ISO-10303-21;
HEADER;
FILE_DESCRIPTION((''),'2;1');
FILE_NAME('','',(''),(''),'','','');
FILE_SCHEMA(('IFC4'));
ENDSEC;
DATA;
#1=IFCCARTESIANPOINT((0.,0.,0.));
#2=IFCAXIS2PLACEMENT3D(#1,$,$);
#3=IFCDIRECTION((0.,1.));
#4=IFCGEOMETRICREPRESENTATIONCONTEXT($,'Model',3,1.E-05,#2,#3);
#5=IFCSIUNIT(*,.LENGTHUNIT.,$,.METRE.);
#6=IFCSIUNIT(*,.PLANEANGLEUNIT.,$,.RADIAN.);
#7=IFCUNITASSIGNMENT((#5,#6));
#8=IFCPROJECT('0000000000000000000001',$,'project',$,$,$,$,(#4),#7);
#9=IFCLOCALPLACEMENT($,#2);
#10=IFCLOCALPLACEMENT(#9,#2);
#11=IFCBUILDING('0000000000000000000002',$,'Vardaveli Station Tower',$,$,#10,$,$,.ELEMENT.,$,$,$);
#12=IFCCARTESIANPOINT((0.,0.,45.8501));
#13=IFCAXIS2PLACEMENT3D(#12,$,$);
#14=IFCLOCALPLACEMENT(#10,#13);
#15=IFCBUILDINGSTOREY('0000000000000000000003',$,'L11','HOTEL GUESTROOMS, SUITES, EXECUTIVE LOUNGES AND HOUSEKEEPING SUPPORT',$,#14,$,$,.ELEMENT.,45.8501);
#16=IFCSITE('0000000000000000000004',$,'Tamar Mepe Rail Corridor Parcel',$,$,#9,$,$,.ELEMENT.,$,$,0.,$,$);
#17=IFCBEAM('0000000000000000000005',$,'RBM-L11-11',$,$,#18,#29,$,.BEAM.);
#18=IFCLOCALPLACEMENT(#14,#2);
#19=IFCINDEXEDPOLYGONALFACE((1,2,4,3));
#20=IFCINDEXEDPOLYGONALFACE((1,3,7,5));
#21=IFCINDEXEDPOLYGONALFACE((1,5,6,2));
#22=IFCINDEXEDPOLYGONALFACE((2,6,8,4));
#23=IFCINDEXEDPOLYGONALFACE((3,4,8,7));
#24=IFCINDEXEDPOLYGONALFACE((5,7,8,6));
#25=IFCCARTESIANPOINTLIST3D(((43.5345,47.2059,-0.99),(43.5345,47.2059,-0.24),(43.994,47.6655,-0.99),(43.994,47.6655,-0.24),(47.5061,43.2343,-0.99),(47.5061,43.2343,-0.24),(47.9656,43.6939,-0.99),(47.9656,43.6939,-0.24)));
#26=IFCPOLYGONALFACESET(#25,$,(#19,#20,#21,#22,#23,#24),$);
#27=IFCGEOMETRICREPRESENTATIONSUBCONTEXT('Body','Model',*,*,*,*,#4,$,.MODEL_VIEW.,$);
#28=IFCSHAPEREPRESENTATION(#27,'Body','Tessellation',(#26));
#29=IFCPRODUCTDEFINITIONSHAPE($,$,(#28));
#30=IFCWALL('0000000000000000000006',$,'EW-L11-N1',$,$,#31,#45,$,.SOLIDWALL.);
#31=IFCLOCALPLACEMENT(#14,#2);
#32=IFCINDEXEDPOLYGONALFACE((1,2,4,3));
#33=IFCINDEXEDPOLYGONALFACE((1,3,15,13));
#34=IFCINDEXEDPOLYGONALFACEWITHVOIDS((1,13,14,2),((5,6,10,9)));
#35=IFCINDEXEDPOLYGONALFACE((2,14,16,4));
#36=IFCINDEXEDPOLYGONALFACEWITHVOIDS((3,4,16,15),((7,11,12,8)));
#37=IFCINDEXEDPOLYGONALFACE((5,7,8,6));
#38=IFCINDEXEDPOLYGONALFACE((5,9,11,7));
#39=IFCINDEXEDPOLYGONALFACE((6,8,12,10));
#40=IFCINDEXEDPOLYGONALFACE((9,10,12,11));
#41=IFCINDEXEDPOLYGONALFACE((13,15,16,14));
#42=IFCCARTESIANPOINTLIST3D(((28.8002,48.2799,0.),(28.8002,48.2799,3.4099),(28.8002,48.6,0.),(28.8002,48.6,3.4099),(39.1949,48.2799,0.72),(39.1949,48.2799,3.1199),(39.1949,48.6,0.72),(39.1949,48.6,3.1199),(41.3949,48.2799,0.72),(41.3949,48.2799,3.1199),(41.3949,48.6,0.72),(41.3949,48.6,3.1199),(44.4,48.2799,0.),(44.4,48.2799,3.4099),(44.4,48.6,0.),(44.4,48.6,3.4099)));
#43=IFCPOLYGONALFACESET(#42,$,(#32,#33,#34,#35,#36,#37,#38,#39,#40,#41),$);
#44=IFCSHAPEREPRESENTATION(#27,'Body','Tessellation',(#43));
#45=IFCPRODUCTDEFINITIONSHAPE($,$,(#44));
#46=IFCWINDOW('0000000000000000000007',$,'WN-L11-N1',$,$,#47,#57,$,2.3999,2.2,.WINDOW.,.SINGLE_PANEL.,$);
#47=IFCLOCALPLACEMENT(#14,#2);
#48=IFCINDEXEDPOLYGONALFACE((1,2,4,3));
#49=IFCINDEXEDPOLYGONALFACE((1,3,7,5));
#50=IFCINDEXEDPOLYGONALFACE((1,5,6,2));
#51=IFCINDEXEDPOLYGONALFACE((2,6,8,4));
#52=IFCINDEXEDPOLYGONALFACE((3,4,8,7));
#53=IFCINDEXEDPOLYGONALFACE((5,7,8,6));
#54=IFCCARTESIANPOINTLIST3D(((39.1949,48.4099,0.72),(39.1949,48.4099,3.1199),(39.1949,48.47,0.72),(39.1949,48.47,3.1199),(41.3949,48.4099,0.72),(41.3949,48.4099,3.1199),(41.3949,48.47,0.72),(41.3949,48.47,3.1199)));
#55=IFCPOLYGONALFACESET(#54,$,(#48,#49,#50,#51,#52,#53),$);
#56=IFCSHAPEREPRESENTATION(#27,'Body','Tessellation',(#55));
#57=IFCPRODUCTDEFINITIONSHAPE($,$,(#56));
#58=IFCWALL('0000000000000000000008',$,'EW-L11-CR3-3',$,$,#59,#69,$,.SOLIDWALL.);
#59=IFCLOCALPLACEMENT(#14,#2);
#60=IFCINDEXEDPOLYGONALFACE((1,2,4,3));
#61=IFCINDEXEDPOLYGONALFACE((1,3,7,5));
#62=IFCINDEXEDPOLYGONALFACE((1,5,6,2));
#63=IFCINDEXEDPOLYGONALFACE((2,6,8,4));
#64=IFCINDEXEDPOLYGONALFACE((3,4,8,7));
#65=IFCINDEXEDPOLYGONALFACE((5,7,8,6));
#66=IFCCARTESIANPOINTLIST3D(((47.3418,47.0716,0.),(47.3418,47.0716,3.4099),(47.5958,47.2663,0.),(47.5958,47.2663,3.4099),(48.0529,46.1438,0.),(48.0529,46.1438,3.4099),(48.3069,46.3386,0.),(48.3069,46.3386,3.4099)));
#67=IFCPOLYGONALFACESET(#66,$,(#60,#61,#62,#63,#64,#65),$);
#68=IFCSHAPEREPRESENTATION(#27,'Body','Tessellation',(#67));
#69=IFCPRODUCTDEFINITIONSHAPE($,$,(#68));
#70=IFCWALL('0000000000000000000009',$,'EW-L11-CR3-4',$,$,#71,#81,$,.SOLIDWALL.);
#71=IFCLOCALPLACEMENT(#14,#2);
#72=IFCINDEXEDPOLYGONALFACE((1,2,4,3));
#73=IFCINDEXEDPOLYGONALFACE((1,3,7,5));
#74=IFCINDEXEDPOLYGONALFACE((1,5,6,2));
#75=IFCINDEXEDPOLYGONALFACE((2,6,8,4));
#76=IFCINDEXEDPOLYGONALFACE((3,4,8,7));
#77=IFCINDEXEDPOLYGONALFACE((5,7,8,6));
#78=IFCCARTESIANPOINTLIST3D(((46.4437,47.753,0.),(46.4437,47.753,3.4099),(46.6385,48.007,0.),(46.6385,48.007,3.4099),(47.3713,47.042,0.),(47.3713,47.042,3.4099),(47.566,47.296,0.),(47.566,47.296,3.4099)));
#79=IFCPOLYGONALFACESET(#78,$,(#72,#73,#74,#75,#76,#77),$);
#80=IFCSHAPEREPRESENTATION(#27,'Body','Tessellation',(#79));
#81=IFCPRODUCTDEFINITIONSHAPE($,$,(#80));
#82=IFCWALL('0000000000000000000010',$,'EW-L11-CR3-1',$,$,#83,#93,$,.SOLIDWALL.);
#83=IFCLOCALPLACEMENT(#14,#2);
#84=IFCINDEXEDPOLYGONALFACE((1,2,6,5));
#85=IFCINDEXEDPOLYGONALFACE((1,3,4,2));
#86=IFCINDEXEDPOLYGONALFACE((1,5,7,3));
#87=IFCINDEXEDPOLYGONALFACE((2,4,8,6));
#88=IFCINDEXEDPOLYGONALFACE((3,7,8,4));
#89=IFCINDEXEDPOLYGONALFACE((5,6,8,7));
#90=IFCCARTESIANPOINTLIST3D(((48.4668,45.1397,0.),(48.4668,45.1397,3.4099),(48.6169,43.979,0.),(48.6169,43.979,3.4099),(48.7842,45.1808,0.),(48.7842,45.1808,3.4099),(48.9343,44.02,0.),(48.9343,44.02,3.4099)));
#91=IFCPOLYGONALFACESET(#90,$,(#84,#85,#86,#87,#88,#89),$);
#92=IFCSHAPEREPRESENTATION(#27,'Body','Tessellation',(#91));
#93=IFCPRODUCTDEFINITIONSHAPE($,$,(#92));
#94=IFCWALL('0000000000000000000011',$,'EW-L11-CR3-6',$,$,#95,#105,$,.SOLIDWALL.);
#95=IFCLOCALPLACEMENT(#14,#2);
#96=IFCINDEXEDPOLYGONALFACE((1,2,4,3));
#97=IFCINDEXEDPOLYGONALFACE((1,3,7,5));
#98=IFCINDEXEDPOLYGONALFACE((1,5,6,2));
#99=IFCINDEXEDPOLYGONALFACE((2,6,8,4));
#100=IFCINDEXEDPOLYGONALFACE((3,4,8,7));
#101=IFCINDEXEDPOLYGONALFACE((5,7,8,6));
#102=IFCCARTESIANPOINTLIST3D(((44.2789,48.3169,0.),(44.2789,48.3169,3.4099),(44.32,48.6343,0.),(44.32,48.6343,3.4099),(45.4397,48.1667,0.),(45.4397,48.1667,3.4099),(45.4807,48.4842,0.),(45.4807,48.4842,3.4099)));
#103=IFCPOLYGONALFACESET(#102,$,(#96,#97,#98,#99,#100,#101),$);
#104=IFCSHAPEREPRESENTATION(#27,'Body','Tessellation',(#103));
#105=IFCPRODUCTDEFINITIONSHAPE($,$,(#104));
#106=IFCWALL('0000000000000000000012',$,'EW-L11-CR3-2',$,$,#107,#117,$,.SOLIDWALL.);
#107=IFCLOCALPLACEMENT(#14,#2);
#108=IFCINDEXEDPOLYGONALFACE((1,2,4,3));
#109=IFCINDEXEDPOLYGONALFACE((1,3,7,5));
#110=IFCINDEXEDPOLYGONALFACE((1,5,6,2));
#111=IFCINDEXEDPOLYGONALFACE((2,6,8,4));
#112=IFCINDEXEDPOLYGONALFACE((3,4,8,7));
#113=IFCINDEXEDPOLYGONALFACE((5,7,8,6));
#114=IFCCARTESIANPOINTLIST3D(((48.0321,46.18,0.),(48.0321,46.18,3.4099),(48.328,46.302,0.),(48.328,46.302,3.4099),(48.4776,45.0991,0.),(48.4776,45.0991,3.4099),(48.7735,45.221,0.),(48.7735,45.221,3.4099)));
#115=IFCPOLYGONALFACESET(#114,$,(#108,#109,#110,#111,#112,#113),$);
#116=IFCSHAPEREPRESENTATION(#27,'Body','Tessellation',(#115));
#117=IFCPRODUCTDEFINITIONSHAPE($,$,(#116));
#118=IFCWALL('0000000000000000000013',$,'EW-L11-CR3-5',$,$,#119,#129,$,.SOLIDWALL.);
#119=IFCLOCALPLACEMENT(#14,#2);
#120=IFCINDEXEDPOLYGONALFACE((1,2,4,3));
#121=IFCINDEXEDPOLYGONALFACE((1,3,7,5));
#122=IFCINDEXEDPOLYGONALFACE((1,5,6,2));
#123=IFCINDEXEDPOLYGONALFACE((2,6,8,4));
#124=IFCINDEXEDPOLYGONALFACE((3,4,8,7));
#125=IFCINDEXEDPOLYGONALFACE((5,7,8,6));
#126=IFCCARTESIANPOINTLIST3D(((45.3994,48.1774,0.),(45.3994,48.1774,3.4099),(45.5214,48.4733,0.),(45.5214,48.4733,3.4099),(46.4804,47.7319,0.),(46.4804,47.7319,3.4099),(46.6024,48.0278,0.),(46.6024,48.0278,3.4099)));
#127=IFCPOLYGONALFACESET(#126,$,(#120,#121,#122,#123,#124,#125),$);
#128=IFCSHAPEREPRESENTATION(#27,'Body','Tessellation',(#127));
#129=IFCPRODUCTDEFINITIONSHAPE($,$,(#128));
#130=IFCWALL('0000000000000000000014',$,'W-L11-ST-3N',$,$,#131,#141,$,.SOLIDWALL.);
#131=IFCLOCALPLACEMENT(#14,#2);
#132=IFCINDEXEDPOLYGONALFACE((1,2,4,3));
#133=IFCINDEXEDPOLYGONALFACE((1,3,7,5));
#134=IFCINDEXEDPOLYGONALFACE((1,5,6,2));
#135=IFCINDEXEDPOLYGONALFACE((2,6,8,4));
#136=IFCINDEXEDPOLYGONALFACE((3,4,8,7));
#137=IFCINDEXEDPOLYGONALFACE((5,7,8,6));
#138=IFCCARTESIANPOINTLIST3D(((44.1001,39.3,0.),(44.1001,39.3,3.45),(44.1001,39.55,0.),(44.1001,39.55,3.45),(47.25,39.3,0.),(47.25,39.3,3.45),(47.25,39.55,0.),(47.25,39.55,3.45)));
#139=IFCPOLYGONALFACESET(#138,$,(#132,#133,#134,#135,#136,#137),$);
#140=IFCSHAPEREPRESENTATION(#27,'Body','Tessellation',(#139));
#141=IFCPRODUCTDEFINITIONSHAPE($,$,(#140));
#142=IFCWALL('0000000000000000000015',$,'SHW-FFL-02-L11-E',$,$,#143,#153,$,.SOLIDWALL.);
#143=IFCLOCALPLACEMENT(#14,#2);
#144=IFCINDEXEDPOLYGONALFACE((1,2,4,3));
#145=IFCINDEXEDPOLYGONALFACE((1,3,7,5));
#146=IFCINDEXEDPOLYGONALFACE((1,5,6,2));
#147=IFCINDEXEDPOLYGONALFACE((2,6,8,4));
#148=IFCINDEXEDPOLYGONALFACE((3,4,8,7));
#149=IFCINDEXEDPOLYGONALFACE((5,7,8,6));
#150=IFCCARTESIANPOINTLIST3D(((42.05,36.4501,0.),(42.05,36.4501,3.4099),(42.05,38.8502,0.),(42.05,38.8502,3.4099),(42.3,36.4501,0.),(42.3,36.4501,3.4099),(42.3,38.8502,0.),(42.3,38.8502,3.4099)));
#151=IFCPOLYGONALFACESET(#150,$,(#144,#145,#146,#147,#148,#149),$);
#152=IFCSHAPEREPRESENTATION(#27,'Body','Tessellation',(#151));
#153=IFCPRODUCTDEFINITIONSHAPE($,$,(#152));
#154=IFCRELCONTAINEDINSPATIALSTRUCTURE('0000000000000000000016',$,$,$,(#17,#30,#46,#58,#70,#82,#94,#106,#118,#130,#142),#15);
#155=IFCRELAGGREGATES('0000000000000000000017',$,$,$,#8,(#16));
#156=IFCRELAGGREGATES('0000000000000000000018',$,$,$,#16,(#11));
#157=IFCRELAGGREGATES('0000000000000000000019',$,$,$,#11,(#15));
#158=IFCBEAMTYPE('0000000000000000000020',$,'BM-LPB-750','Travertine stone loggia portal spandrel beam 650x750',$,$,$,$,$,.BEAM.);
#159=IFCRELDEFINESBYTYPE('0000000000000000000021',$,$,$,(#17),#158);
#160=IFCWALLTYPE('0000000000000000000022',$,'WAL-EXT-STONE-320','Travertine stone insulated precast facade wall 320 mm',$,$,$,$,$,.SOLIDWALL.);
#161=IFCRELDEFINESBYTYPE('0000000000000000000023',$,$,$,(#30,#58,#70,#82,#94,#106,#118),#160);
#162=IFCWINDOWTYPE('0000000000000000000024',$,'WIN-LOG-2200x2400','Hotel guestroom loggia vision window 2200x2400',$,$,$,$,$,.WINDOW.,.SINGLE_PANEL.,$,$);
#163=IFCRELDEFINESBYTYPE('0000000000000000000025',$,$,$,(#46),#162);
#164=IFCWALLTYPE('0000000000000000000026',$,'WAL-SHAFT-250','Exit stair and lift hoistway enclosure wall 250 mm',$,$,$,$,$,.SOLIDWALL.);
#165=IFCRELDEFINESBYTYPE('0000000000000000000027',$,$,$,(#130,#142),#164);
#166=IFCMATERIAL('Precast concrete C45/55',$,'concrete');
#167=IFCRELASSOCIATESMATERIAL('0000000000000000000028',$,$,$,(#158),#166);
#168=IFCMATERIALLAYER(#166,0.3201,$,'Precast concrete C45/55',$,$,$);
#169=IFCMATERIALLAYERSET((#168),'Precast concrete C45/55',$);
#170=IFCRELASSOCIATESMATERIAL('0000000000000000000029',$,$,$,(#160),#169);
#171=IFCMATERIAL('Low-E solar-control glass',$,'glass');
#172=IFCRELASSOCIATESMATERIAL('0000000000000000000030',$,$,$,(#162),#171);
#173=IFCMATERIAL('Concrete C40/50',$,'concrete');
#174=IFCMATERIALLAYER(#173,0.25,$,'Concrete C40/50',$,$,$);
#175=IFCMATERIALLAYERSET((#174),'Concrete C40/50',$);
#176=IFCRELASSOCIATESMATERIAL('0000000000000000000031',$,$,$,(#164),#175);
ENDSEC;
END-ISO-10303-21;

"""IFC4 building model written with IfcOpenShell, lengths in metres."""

from ifc_helpers import new_model, si_unit, direction, frame, frame_2d, origin, origin_2d, place, context, subcontext, project, spatial, rectangle, extrude, source, transform, mapped, material, layer, layer_set, material_profile, profile_set, type_object, element, fill, save


model = new_model("IFC4")

# Units and contexts
model_context = context("Model", 3, precision=1e-05, world=origin(), true_north=direction((0.0, 1.0)))
body_context = subcontext(model_context, "Body", "Model", "MODEL_VIEW")
ifc_project = project(units=[si_unit("LENGTHUNIT", "METRE"), si_unit("PLANEANGLEUNIT", "RADIAN")], contexts=[model_context])

# Site, building, storey
site_placement = place(None, origin())
site = spatial("IfcSite", under=ifc_project, at=site_placement, Name="Tamar Mepe Rail Corridor Parcel", CompositionType="ELEMENT", RefElevation=0.0)
building_placement = place(site_placement, origin())
building = spatial("IfcBuilding", under=site, at=building_placement, Name="Vardaveli Station Tower", CompositionType="ELEMENT")
storey_placement = place(building_placement, frame((0.0, 0.0, 45.8501)))
storey = spatial("IfcBuildingStorey", under=building, at=storey_placement, Name="L11", Description="HOTEL GUESTROOMS, SUITES, EXECUTIVE LOUNGES AND HOUSEKEEPING SUPPORT", CompositionType="ELEMENT", Elevation=45.8501)

# Beam
ifc_material_1 = material(Name="Precast concrete C45/55", Category="concrete")
ifc_material_profile_1 = material_profile(ifc_material_1, rectangle(XDim=0.6499, YDim=0.75, at=origin_2d()), Name="LPB 650x750")
ifc_profile_set_1 = profile_set([ifc_material_profile_1], Name="Precast concrete C45/55")
beam_type = type_object("IfcBeamType", Name="BM-LPB-750", Description="Travertine stone loggia portal spandrel beam 650x750", PredefinedType="BEAM", material=ifc_profile_set_1)
shared_shape_1 = source(origin(), body_context, "Body", "SweptSolid", [
    extrude(rectangle(XDim=0.6499, YDim=0.75, at=origin_2d()), origin(), (0.0, 0.0, 1.0), 5.6167),
])
beam_placement = place(storey_placement, frame((47.7358, 43.4641, -0.615), z_axis=(-0.707107, 0.707107, 0.0), x_axis=(-0.707107, -0.707107, 0.0)))
element("IfcBeam", 1, at=beam_placement, inside=storey, type_object=beam_type, Name="RBM-L11-11", PredefinedType="BEAM", context=body_context, shape_type="MappedRepresentation", body=[
    mapped(shared_shape_1, transform((0.0, 0.0, 0.0), scale=1.0)),
])

# Wall, opening, window
ifc_layer_1 = layer(ifc_material_1, 0.3201, Name="Precast concrete C45/55")
ifc_layer_set_1 = layer_set([ifc_layer_1], Name="Precast concrete C45/55")
wall_type_1 = type_object("IfcWallType", Name="WAL-EXT-STONE-320", Description="Travertine stone insulated precast facade wall 320 mm", PredefinedType="SOLIDWALL", material=ifc_layer_set_1)
shared_shape_2 = source(origin(), body_context, "Body", "SweptSolid", [
    extrude(rectangle(XDim=15.5999, YDim=0.3201, at=frame_2d((7.7998, 0.0))), origin(), (0.0, 0.0, 1.0), 3.4099),
])
wall_1_placement = place(storey_placement, frame((44.3999, 48.4399, 0.0), z_axis=(0.0, 0.0, 1.0), x_axis=(-1.0, 0.0, 0.0)))
wall_1 = element("IfcWall", 2, at=wall_1_placement, inside=storey, type_object=wall_type_1, Name="EW-L11-N1", PredefinedType="SOLIDWALL", context=body_context, shape_type="MappedRepresentation", body=[
    mapped(shared_shape_2, transform((0.0, 0.0, 0.0), scale=1.0)),
])
shared_shape_3 = source(origin(), body_context, "Body", "SweptSolid", [
    extrude(rectangle(XDim=2.2, YDim=2.3999, at=frame_2d((1.1001, 1.2))), frame((0.0, 0.1699, 0.0), z_axis=(0.0, -1.0, 0.0), x_axis=(1.0, 0.0, 0.0)), (0.0, 0.0, 1.0), 0.3401),
])
opening_placement = place(wall_1_placement, frame((3.0049, 0.0, 0.72)))
opening = element("IfcOpeningElement", 3, at=opening_placement, cuts=wall_1, PredefinedType="OPENING", context=body_context, shape_type="MappedRepresentation", body=[
    mapped(shared_shape_3, transform((0.0, 0.0, 0.0), scale=1.0)),
])
ifc_material_2 = material(Name="Low-E solar-control glass", Category="glass")
window_type = type_object("IfcWindowType", Name="WIN-LOG-2200x2400", Description="Hotel guestroom loggia vision window 2200x2400", PartitioningType="SINGLE_PANEL", PredefinedType="WINDOW", material=ifc_material_2)
shared_shape_4 = source(origin(), body_context, "Body", "SweptSolid", [
    extrude(rectangle(XDim=2.2, YDim=2.3999, at=frame_2d((1.1001, 1.2))), frame((0.0, 0.03, 0.0), z_axis=(0.0, -1.0, 0.0), x_axis=(1.0, 0.0, 0.0)), (0.0, 0.0, 1.0), 0.0601),
])
window_placement = place(opening_placement, origin())
window = element("IfcWindow", 4, at=window_placement, inside=storey, type_object=window_type, Name="WN-L11-N1", OverallHeight=2.3999, OverallWidth=2.2, PartitioningType="SINGLE_PANEL", PredefinedType="WINDOW", context=body_context, shape_type="MappedRepresentation", body=[
    mapped(shared_shape_4, transform((0.0, 0.0, 0.0), scale=1.0)),
])
fill(opening, window)

# Walls
shared_shape_5 = source(origin(), body_context, "Body", "SweptSolid", [
    extrude(rectangle(XDim=1.1689, YDim=0.3201, at=frame_2d((0.5845, 0.0))), origin(), (0.0, 0.0, 1.0), 3.4099),
])
wall_2_placement = place(storey_placement, frame((48.1799, 46.2412, 0.0), z_axis=(0.0, 0.0, 1.0), x_axis=(-0.608388, 0.79364, 0.0)))
element("IfcWall", 5, at=wall_2_placement, inside=storey, type_object=wall_type_1, Name="EW-L11-CR3-3", PredefinedType="SOLIDWALL", context=body_context, shape_type="MappedRepresentation", body=[
    mapped(shared_shape_5, transform((0.0, 0.0, 0.0), scale=1.0)),
])
shared_shape_6 = source(origin(), body_context, "Body", "SweptSolid", [
    extrude(rectangle(XDim=1.1687, YDim=0.3201, at=frame_2d((0.5845, 0.0))), origin(), (0.0, 0.0, 1.0), 3.4099),
])
wall_3_placement = place(storey_placement, frame((47.4688, 47.1689, 0.0), z_axis=(0.0, 0.0, 1.0), x_axis=(-0.793664, 0.608357, 0.0)))
element("IfcWall", 6, at=wall_3_placement, inside=storey, type_object=wall_type_1, Name="EW-L11-CR3-4", PredefinedType="SOLIDWALL", context=body_context, shape_type="MappedRepresentation", body=[
    mapped(shared_shape_6, transform((0.0, 0.0, 0.0), scale=1.0)),
])
shared_shape_7 = source(origin(), body_context, "Body", "SweptSolid", [
    extrude(rectangle(XDim=1.1704, YDim=0.3201, at=frame_2d((0.5852, 0.0))), origin(), (0.0, 0.0, 1.0), 3.4099),
])
for number, where, z_axis, x_axis, name in (
    (7, (48.7756, 43.9995, 0.0), (0.0, 0.0, 1.0), (-0.128296, 0.991736, 0.0), "EW-L11-CR3-1"),
    (8, (45.4602, 48.3254, 0.0), (0.0, 0.0, 1.0), (-0.991736, 0.128296, 0.0), "EW-L11-CR3-6"),
):
    element("IfcWall", number, at=place(storey_placement, frame(where, z_axis=z_axis, x_axis=x_axis)), inside=storey, type_object=wall_type_1, Name=name, PredefinedType="SOLIDWALL", context=body_context, shape_type="MappedRepresentation", body=[
        mapped(shared_shape_7, transform((0.0, 0.0, 0.0), scale=1.0)),
    ])
shared_shape_8 = source(origin(), body_context, "Body", "SweptSolid", [
    extrude(rectangle(XDim=1.1692, YDim=0.3201, at=frame_2d((0.5845, 0.0))), origin(), (0.0, 0.0, 1.0), 3.4099),
])
for number, where, z_axis, x_axis, name in (
    (9, (48.6255, 45.1602, 0.0), (0.0, 0.0, 1.0), (-0.381054, 0.924553, 0.0), "EW-L11-CR3-2"),
    (10, (46.5413, 47.8799, 0.0), (0.0, 0.0, 1.0), (-0.924553, 0.381054, 0.0), "EW-L11-CR3-5"),
):
    element("IfcWall", number, at=place(storey_placement, frame(where, z_axis=z_axis, x_axis=x_axis)), inside=storey, type_object=wall_type_1, Name=name, PredefinedType="SOLIDWALL", context=body_context, shape_type="MappedRepresentation", body=[
        mapped(shared_shape_8, transform((0.0, 0.0, 0.0), scale=1.0)),
    ])
ifc_material_3 = material(Name="Concrete C40/50", Category="concrete")
ifc_layer_2 = layer(ifc_material_3, 0.25, Name="Concrete C40/50")
ifc_layer_set_2 = layer_set([ifc_layer_2], Name="Concrete C40/50")
wall_type_2 = type_object("IfcWallType", Name="WAL-SHAFT-250", Description="Exit stair and lift hoistway enclosure wall 250 mm", PredefinedType="SOLIDWALL", material=ifc_layer_set_2)
shared_shape_9 = source(origin(), body_context, "Body", "SweptSolid", [
    extrude(rectangle(XDim=3.1499, YDim=0.25, at=frame_2d((1.575, 0.0))), origin(), (0.0, 0.0, 1.0), 3.45),
])
wall_4_placement = place(storey_placement, frame((44.1001, 39.425, 0.0), z_axis=(0.0, 0.0, 1.0), x_axis=(1.0, 0.0, 0.0)))
element("IfcWall", 11, at=wall_4_placement, inside=storey, type_object=wall_type_2, Name="W-L11-ST-3N", PredefinedType="SOLIDWALL", context=body_context, shape_type="MappedRepresentation", body=[
    mapped(shared_shape_9, transform((0.0, 0.0, 0.0), scale=1.0)),
])
shared_shape_10 = source(origin(), body_context, "Body", "SweptSolid", [
    extrude(rectangle(XDim=2.4001, YDim=0.25, at=frame_2d((1.2002, 0.0))), origin(), (0.0, 0.0, 1.0), 3.4099),
])
wall_5_placement = place(storey_placement, frame((42.175, 36.45, 0.0), z_axis=(0.0, 0.0, 1.0), x_axis=(0.0, 1.0, 0.0)))
element("IfcWall", 12, at=wall_5_placement, inside=storey, type_object=wall_type_2, Name="SHW-FFL-02-L11-E", PredefinedType="SOLIDWALL", context=body_context, shape_type="MappedRepresentation", body=[
    mapped(shared_shape_10, transform((0.0, 0.0, 0.0), scale=1.0)),
])

save(model, "model.ifc")
